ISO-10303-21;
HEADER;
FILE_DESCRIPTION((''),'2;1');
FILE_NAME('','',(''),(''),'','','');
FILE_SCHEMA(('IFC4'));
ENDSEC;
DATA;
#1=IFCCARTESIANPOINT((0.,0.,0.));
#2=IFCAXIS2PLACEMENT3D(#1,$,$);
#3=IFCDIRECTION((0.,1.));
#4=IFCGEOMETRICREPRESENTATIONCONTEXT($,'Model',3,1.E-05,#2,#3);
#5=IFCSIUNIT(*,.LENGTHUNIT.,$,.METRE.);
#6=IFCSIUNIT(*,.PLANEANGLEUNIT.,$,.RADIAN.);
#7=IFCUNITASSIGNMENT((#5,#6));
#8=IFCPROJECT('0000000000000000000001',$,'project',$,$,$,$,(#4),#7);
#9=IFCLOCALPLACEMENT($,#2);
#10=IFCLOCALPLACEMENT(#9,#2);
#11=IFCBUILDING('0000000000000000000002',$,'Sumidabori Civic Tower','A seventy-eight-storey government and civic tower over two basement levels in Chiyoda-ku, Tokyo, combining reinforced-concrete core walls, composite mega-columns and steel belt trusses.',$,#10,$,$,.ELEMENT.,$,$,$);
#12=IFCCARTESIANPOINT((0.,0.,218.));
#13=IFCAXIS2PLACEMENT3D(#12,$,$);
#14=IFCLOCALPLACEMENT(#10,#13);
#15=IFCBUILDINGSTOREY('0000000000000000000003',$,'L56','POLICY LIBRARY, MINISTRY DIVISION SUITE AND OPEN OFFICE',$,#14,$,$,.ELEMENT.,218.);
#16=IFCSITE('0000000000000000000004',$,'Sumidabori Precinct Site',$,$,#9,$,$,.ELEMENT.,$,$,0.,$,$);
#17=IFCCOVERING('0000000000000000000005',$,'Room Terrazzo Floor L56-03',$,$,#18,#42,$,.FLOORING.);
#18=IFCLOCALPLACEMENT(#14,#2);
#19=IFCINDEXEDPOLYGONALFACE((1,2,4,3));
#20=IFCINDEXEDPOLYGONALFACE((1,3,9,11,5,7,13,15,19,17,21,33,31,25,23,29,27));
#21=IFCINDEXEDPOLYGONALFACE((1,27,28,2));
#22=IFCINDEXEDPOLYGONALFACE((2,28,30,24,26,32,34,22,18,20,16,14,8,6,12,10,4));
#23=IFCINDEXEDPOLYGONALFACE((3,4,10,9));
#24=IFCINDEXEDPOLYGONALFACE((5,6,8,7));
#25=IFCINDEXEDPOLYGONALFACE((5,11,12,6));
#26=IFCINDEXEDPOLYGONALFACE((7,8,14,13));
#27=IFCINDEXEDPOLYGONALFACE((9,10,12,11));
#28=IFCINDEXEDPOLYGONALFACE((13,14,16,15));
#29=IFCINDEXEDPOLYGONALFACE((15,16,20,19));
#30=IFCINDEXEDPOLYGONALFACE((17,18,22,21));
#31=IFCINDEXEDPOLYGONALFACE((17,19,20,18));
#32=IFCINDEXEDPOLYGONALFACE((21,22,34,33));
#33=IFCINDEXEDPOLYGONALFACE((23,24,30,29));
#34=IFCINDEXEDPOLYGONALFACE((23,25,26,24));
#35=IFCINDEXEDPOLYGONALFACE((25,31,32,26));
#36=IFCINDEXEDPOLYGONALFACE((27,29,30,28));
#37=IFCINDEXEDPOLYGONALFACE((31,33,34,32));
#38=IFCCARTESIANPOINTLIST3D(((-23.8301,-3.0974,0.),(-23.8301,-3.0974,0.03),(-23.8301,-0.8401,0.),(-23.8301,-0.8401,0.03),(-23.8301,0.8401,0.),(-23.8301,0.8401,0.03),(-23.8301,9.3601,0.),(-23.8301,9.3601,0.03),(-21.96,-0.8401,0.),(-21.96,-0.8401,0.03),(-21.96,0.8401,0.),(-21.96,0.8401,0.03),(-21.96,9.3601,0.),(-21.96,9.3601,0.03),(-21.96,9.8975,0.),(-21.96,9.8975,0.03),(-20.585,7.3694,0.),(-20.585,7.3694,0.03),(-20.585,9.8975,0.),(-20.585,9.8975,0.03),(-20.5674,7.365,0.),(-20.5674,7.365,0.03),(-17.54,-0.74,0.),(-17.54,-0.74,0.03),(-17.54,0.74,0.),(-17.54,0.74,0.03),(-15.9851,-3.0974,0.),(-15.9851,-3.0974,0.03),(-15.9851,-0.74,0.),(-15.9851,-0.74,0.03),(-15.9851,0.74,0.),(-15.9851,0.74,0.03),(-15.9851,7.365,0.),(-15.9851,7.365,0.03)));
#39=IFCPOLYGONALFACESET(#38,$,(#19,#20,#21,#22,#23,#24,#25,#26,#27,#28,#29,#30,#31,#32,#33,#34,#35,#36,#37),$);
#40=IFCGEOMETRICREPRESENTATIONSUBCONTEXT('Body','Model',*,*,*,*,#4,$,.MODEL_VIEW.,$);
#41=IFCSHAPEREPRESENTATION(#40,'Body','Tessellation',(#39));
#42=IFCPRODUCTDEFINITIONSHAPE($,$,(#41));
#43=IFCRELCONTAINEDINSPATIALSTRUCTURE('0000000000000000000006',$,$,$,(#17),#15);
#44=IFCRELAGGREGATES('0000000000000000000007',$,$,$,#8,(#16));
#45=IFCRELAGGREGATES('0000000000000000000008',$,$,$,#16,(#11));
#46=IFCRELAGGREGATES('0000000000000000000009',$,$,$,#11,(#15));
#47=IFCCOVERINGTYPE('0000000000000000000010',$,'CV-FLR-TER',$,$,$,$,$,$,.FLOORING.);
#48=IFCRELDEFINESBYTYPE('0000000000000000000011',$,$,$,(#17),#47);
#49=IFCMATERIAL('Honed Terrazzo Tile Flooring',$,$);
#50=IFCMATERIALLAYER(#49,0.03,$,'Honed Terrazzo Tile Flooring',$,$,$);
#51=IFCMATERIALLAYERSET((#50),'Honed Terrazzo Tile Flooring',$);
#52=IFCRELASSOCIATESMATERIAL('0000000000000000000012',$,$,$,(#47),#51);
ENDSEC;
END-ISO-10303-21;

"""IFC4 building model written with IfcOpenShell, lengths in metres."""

from ifc_helpers import new_model, si_unit, direction, frame, origin, place, context, subcontext, project, spatial, polyline, outline, extrude, material, layer, layer_set, type_object, element, save


model = new_model("IFC4")

# Units and contexts
model_context = context("Model", 3, precision=1e-05, world=origin(), true_north=direction((0.0, 1.0)))
body_context = subcontext(model_context, "Body", "Model", "MODEL_VIEW")
ifc_project = project(units=[si_unit("LENGTHUNIT", "METRE"), si_unit("PLANEANGLEUNIT", "RADIAN")], contexts=[model_context])

# Site, building, storey
site_placement = place(None, origin())
site = spatial("IfcSite", under=ifc_project, at=site_placement, Name="Sumidabori Precinct Site", CompositionType="ELEMENT", RefElevation=0.0)
building_placement = place(site_placement, origin())
building = spatial("IfcBuilding", under=site, at=building_placement, Name="Sumidabori Civic Tower", Description="A seventy-eight-storey government and civic tower over two basement levels in Chiyoda-ku, Tokyo, combining reinforced-concrete core walls, composite mega-columns and steel belt trusses.", CompositionType="ELEMENT")
storey_placement = place(building_placement, frame((0.0, 0.0, 218.0)))
storey = spatial("IfcBuildingStorey", under=building, at=storey_placement, Name="L56", Description="POLICY LIBRARY, MINISTRY DIVISION SUITE AND OPEN OFFICE", CompositionType="ELEMENT", Elevation=218.0)

# Covering
ifc_material_1 = material(Name="Honed Terrazzo Tile Flooring")
ifc_layer_1 = layer(ifc_material_1, 0.03, Name="Honed Terrazzo Tile Flooring")
ifc_layer_set_1 = layer_set([ifc_layer_1], Name="Honed Terrazzo Tile Flooring")
covering_type_1 = type_object("IfcCoveringType", Name="CV-FLR-TER", PredefinedType="FLOORING", material=ifc_layer_set_1)
covering_1_placement = place(storey_placement, origin())
element("IfcCovering", 1, at=covering_1_placement, inside=storey, type_object=covering_type_1, Name="Room Terrazzo Floor L56-03", PredefinedType="FLOORING", context=body_context, shape_type="SweptSolid", body=[
    extrude(outline(polyline([(-20.5674, 7.365), (-15.9851, 7.365), (-15.9851, 0.74), (-17.54, 0.74), (-17.54, -0.74), (-15.9851, -0.74), (-15.9851, -3.0974), (-23.8301, -3.0974), (-23.8301, -0.8401), (-21.96, -0.8401), (-21.96, 0.8401), (-23.8301, 0.8401), (-23.8301, 9.3601), (-21.96, 9.3601), (-21.96, 9.8975), (-20.585, 9.8975), (-20.585, 7.3694), (-20.5674, 7.365)])), origin(), (0.0, 0.0, 1.0), 0.03),
])

save(model, "model.ifc")
